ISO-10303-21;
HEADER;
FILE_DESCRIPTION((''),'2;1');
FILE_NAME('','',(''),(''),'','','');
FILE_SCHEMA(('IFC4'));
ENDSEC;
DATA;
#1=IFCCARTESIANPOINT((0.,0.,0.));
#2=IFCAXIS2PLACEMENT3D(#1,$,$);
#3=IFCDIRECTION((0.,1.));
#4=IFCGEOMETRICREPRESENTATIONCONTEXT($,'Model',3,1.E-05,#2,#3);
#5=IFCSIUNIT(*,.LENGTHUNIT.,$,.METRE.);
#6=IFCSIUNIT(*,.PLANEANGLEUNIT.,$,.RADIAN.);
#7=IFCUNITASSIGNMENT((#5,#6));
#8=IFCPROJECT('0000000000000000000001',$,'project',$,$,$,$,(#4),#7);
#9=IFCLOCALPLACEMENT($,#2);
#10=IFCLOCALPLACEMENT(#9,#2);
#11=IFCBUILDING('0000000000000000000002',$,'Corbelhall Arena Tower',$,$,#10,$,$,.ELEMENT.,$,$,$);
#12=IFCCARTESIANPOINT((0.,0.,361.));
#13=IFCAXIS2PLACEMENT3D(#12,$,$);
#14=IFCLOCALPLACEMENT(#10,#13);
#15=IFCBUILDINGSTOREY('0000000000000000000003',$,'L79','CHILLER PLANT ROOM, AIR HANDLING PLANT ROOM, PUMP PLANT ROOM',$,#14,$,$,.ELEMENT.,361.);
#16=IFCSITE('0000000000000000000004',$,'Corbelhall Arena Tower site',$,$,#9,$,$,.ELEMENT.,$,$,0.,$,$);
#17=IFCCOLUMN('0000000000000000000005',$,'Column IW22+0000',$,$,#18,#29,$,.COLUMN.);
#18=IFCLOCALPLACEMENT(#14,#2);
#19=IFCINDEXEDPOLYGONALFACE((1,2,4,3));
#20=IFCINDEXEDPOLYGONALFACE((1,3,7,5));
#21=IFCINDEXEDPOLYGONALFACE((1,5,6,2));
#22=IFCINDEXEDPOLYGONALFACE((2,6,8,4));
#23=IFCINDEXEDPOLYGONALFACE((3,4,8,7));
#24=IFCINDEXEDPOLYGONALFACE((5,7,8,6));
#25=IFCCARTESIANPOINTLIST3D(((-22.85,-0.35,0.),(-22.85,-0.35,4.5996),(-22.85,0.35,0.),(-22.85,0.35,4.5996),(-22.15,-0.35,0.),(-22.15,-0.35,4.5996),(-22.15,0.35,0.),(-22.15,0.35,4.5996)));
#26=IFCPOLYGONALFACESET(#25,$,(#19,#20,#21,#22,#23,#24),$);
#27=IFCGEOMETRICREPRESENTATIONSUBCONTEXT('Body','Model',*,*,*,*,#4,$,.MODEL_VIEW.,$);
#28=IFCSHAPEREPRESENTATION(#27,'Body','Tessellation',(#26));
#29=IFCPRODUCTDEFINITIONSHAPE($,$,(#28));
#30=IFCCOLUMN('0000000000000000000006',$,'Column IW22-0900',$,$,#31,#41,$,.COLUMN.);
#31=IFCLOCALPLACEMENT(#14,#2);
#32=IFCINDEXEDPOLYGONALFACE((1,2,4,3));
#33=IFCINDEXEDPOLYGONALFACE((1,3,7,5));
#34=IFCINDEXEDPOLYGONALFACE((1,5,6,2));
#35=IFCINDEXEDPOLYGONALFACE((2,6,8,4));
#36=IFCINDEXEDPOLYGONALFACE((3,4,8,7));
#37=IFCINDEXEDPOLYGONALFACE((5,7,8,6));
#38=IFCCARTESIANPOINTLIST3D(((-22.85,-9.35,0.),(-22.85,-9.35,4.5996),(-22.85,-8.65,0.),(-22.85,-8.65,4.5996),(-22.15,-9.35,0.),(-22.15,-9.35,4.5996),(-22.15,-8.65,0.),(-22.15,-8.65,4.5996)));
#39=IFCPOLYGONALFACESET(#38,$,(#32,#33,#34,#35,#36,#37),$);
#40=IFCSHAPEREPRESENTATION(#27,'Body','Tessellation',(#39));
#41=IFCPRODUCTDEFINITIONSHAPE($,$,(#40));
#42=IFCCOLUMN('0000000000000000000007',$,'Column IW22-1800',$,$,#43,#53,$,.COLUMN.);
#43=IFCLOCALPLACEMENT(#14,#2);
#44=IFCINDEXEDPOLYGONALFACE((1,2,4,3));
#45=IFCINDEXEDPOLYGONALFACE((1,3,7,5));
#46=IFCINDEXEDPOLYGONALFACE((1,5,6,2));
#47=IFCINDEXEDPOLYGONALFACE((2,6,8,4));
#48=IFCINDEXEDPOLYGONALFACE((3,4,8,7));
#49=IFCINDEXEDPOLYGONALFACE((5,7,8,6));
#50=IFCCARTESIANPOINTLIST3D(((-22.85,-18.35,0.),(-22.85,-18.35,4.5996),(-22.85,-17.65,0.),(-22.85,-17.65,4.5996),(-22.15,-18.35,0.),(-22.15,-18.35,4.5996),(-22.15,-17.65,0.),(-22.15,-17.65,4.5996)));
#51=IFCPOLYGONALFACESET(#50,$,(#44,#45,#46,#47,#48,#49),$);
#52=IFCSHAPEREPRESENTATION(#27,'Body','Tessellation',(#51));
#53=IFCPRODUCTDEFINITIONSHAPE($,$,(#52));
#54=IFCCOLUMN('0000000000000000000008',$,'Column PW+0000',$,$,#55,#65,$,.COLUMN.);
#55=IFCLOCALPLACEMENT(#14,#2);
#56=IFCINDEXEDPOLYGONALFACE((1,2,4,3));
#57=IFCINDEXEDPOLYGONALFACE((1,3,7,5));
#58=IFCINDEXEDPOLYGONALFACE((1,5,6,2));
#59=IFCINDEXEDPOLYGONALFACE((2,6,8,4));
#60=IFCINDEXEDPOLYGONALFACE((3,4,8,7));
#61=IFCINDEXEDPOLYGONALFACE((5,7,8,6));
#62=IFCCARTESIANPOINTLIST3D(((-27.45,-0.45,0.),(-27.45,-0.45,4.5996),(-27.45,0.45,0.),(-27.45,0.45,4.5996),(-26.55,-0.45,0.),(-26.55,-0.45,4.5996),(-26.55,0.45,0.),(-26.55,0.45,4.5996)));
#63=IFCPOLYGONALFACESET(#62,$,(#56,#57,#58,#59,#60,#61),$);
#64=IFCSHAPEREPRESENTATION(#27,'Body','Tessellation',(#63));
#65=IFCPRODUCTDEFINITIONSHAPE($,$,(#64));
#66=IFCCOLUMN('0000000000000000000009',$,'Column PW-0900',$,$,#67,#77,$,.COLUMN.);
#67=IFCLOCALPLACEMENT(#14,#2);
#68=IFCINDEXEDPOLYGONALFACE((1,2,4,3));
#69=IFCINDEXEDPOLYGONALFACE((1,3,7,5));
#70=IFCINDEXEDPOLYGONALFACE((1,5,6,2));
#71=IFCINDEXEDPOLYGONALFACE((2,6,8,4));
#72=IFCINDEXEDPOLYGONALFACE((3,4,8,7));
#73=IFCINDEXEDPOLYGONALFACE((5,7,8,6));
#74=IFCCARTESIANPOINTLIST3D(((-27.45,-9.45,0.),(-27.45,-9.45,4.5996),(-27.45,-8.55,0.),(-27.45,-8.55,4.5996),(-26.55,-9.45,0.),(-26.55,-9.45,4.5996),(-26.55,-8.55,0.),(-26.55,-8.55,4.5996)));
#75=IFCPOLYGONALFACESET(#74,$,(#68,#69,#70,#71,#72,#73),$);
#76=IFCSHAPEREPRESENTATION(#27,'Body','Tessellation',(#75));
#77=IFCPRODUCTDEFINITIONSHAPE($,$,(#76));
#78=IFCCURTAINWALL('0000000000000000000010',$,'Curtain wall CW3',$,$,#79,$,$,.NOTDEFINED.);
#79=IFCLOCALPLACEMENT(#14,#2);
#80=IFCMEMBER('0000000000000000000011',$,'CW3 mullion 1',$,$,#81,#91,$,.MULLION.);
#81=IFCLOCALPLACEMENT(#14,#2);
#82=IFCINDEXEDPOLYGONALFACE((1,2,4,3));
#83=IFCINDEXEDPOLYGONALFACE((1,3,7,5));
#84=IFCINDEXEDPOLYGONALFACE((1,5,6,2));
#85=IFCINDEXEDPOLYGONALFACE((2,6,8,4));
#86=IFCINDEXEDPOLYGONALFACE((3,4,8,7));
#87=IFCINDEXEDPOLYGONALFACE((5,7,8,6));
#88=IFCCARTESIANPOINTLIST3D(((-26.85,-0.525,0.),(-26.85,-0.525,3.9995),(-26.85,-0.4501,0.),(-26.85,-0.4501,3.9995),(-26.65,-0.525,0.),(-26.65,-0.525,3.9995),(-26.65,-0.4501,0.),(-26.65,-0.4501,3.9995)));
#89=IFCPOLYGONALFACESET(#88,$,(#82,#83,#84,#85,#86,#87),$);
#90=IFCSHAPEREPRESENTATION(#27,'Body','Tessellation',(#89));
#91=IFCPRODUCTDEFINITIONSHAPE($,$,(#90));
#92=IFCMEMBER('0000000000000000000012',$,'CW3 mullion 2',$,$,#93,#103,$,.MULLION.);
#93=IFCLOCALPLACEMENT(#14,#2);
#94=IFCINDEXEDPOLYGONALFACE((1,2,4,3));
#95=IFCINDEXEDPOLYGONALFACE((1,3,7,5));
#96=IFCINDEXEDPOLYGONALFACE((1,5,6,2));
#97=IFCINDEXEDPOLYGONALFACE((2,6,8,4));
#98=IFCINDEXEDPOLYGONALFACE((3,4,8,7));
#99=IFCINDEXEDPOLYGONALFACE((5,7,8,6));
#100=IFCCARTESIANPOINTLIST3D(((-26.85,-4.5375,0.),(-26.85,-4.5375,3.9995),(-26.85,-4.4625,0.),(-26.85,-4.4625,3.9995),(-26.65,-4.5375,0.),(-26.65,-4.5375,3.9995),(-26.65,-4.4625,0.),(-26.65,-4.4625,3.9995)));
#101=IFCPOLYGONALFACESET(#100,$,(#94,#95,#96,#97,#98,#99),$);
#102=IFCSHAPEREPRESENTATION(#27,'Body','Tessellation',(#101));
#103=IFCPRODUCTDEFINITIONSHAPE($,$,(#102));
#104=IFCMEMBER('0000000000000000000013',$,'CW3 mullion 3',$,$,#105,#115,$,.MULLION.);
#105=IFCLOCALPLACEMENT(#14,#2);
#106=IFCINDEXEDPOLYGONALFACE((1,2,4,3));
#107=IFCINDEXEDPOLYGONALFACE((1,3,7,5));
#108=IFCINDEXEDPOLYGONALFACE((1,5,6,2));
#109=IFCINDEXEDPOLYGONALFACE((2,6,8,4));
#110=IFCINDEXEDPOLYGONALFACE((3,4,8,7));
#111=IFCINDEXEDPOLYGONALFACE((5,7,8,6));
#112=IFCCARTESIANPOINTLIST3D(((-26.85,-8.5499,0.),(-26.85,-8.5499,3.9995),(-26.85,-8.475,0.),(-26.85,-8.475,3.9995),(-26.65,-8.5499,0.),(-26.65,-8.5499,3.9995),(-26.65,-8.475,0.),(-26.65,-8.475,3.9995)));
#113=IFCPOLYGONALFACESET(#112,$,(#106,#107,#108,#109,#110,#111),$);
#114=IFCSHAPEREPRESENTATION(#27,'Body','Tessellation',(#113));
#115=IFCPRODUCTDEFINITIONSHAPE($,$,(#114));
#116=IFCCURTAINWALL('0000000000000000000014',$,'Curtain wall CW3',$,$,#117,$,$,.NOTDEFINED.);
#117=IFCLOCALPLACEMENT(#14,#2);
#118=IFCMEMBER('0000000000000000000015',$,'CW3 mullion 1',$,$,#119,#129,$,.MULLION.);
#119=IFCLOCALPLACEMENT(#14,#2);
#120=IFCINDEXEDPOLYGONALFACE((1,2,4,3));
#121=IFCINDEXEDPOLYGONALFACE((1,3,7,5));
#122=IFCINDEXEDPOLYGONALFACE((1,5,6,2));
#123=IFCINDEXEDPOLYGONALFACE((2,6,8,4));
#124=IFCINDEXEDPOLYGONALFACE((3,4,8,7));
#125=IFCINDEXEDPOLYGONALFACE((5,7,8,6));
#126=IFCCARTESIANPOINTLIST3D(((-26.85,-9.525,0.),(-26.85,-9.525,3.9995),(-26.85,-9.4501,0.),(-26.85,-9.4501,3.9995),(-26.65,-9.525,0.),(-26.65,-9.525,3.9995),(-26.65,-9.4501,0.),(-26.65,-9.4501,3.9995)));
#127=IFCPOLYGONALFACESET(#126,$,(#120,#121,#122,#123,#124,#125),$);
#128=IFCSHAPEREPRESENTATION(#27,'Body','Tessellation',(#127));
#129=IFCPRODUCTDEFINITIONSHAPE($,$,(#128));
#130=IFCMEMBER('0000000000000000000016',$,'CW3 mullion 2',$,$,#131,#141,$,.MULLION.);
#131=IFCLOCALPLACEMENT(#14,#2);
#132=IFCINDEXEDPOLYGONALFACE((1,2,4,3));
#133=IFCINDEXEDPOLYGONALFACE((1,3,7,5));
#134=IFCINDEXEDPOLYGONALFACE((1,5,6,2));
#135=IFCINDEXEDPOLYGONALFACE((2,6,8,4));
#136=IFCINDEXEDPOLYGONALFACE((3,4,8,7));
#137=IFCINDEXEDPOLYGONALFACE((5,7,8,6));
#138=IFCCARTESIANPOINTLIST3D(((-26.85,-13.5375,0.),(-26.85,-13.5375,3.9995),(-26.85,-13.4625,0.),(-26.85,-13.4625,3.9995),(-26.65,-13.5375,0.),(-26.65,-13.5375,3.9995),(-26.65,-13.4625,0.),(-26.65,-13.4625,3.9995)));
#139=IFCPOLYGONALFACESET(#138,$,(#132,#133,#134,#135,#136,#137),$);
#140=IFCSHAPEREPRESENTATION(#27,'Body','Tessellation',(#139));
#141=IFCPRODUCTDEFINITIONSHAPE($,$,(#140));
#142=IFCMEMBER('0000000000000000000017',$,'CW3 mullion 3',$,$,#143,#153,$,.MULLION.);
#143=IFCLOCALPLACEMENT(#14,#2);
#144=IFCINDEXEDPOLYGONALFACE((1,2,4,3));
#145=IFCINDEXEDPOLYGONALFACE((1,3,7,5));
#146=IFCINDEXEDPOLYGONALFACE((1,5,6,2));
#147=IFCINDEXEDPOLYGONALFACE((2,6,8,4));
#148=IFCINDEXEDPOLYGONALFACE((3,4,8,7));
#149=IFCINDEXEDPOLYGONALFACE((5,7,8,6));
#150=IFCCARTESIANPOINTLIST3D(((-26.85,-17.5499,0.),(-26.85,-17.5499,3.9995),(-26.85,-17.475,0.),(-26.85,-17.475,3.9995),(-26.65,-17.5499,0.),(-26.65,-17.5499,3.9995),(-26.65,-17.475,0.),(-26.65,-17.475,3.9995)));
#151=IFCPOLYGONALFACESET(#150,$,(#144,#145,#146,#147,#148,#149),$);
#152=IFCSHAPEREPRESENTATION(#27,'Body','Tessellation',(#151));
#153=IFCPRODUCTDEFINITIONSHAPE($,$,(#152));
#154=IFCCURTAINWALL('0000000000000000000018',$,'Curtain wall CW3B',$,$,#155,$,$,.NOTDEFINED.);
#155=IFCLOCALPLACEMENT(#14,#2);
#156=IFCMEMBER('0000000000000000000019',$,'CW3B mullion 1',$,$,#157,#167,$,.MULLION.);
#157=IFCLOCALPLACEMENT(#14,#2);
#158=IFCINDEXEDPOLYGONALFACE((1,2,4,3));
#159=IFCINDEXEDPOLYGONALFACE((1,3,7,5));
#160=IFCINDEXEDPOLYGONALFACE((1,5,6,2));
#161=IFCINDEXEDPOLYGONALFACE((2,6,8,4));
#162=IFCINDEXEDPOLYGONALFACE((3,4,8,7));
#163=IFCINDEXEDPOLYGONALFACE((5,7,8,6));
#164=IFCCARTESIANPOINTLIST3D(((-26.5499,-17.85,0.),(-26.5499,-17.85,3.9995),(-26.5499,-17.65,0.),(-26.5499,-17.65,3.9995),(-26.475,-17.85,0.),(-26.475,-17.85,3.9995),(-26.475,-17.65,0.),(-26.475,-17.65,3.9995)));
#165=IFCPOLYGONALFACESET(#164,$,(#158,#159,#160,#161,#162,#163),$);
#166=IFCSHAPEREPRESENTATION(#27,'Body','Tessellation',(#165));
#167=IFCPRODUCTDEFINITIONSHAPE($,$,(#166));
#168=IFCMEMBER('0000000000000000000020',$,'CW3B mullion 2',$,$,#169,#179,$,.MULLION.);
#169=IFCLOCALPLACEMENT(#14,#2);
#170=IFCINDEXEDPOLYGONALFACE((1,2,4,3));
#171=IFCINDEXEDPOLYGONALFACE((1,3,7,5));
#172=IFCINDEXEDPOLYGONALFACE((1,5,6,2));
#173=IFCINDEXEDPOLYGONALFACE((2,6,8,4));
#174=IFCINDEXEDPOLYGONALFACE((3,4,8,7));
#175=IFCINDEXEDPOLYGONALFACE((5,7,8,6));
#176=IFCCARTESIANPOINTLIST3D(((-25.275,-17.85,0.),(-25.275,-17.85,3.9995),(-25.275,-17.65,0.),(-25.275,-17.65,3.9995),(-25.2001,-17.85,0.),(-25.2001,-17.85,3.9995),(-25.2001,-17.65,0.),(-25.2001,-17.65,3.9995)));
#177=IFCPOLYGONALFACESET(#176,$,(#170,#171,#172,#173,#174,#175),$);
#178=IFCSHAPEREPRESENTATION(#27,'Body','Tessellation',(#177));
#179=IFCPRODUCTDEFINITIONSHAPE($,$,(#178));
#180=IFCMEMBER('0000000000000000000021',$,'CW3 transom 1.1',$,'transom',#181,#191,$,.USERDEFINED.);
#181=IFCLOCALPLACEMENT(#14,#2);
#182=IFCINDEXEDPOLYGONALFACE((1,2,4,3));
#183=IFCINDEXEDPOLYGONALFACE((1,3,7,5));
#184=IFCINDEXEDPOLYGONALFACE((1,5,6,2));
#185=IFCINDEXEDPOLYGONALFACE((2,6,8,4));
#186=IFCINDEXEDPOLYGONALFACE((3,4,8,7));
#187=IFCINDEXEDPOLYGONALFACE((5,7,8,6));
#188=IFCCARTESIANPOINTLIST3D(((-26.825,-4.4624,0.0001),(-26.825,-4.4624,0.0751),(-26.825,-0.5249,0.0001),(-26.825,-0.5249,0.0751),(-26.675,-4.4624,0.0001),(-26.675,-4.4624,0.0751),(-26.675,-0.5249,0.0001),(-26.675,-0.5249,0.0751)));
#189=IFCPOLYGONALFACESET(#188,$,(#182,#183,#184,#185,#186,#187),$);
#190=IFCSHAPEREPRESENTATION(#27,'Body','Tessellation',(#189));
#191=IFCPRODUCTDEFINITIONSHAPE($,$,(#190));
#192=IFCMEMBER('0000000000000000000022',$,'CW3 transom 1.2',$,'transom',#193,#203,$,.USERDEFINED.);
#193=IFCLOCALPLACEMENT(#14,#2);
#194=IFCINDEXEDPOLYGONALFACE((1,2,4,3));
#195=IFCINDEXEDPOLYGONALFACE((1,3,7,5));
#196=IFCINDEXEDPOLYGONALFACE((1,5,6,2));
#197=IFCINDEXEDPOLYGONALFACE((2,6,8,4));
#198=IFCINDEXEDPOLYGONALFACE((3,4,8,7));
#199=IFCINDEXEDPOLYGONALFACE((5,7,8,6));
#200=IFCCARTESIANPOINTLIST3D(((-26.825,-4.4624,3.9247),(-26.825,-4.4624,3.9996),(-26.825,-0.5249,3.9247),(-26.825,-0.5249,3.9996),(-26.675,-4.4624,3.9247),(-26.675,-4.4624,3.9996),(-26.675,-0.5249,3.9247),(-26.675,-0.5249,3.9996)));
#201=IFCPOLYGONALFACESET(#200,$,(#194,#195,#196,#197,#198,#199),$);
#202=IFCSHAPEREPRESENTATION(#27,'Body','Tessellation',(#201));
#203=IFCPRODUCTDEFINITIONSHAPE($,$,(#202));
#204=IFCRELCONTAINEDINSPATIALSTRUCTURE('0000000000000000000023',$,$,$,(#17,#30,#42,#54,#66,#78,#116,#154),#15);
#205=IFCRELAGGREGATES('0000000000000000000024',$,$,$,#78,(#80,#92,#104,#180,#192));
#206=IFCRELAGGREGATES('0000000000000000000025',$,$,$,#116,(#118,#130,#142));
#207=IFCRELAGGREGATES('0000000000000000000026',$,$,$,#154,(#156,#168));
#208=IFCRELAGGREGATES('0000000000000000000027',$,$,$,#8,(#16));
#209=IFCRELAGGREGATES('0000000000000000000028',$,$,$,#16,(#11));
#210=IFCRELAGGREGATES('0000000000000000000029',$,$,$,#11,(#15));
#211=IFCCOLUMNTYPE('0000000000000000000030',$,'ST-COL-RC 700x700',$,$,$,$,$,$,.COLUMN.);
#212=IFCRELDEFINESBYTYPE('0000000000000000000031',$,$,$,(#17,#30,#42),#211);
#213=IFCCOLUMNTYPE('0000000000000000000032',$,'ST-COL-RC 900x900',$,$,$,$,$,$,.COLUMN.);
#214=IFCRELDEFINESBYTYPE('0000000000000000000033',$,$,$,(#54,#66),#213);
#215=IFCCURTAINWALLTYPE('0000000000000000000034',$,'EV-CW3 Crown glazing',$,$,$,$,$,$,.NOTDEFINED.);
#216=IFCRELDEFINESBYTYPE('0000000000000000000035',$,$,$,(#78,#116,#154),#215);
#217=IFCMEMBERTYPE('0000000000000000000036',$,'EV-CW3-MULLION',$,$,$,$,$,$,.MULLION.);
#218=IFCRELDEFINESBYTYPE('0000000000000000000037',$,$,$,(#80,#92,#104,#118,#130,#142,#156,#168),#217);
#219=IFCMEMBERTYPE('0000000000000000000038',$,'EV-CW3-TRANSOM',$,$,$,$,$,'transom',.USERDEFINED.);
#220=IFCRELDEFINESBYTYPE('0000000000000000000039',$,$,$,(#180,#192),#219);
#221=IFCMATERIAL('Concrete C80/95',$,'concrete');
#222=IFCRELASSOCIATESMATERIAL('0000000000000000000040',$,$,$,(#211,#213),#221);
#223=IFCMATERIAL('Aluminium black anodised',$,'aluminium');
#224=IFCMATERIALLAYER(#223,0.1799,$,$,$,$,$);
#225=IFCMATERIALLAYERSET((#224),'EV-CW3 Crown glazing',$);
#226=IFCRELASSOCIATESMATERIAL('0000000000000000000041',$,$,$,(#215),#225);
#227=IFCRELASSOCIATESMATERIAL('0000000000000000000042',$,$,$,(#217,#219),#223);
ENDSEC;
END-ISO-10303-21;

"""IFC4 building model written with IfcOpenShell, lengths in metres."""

from ifc_helpers import new_model, si_unit, direction, frame, origin, origin_2d, place, context, subcontext, project, spatial, rectangle, extrude, material, layer, layer_set, material_profile, profile_set, type_object, element, aggregate, save


model = new_model("IFC4")

# Units and contexts
model_context = context("Model", 3, precision=1e-05, world=origin(), true_north=direction((0.0, 1.0)))
body_context = subcontext(model_context, "Body", "Model", "MODEL_VIEW")
ifc_project = project(units=[si_unit("LENGTHUNIT", "METRE"), si_unit("PLANEANGLEUNIT", "RADIAN")], contexts=[model_context])

# Site, building, storey
site_placement = place(None, origin())
site = spatial("IfcSite", under=ifc_project, at=site_placement, Name="Corbelhall Arena Tower site", CompositionType="ELEMENT", RefElevation=0.0)
building_placement = place(site_placement, origin())
building = spatial("IfcBuilding", under=site, at=building_placement, Name="Corbelhall Arena Tower", CompositionType="ELEMENT")
storey_placement = place(building_placement, frame((0.0, 0.0, 361.0)))
storey = spatial("IfcBuildingStorey", under=building, at=storey_placement, Name="L79", Description="CHILLER PLANT ROOM, AIR HANDLING PLANT ROOM, PUMP PLANT ROOM", CompositionType="ELEMENT", Elevation=361.0)

# Columns
ifc_material_1 = material(Name="Concrete C80/95", Category="concrete")
ifc_material_profile_1 = material_profile(ifc_material_1, rectangle(XDim=0.7, YDim=0.7, at=origin_2d()))
ifc_profile_set_1 = profile_set([ifc_material_profile_1], Name="Concrete C80/95")
column_type_1 = type_object("IfcColumnType", Name="ST-COL-RC 700x700", PredefinedType="COLUMN", material=ifc_profile_set_1)
for number, where, z_axis, x_axis, name in (
    (1, (-22.5, 0.0, 0.0), (0.0, 0.0, 1.0), (1.0, 0.0, 0.0), "Column IW22+0000"),
    (2, (-22.5, -9.0, 0.0), (0.0, 0.0, 1.0), (1.0, 0.0, 0.0), "Column IW22-0900"),
    (3, (-22.5, -18.0, 0.0), (0.0, 0.0, 1.0), (1.0, 0.0, 0.0), "Column IW22-1800"),
):
    element("IfcColumn", number, at=place(storey_placement, frame(where, z_axis=z_axis, x_axis=x_axis)), inside=storey, type_object=column_type_1, Name=name, PredefinedType="COLUMN", context=body_context, shape_type="SweptSolid", body=[
        extrude(rectangle(XDim=0.7, YDim=0.7, at=origin_2d()), origin(), (0.0, 0.0, 1.0), 4.5996),
    ])
ifc_material_profile_2 = material_profile(ifc_material_1, rectangle(XDim=0.8999, YDim=0.8999, at=origin_2d()))
ifc_profile_set_2 = profile_set([ifc_material_profile_2], Name="Concrete C80/95")
column_type_2 = type_object("IfcColumnType", Name="ST-COL-RC 900x900", PredefinedType="COLUMN", material=ifc_profile_set_2)
for number, where, z_axis, x_axis, name in (
    (4, (-27.0, 0.0, 0.0), (0.0, 0.0, 1.0), (0.0, 1.0, 0.0), "Column PW+0000"),
    (5, (-27.0, -9.0, 0.0), (0.0, 0.0, 1.0), (0.0, 1.0, 0.0), "Column PW-0900"),
):
    element("IfcColumn", number, at=place(storey_placement, frame(where, z_axis=z_axis, x_axis=x_axis)), inside=storey, type_object=column_type_2, Name=name, PredefinedType="COLUMN", context=body_context, shape_type="SweptSolid", body=[
        extrude(rectangle(XDim=0.8999, YDim=0.8999, at=origin_2d()), origin(), (0.0, 0.0, 1.0), 4.5996),
    ])

# Curtain walls, members
ifc_material_2 = material(Name="Aluminium black anodised", Category="aluminium")
ifc_layer_1 = layer(ifc_material_2, 0.1799)
ifc_layer_set_1 = layer_set([ifc_layer_1], Name="EV-CW3 Crown glazing")
curtain_wall_type = type_object("IfcCurtainWallType", Name="EV-CW3 Crown glazing", PredefinedType="NOTDEFINED", material=ifc_layer_set_1)
curtain_wall_1_placement = place(storey_placement, origin())
curtain_wall_1 = element("IfcCurtainWall", 6, at=curtain_wall_1_placement, inside=storey, type_object=curtain_wall_type, Name="Curtain wall CW3", PredefinedType="NOTDEFINED")
ifc_material_profile_3 = material_profile(ifc_material_2, rectangle(XDim=0.2, YDim=0.075, at=origin_2d()))
ifc_profile_set_3 = profile_set([ifc_material_profile_3], Name="Aluminium black anodised")
member_type_1 = type_object("IfcMemberType", Name="EV-CW3-MULLION", PredefinedType="MULLION", material=ifc_profile_set_3)
member_1_placement = place(storey_placement, frame((-26.75, -0.4875, 0.0), z_axis=(0.0, 0.0, 1.0), x_axis=(1.0, 0.0, 0.0)))
member_1 = element("IfcMember", 7, at=member_1_placement, type_object=member_type_1, Name="CW3 mullion 1", PredefinedType="MULLION", context=body_context, shape_type="SweptSolid", body=[
    extrude(rectangle(XDim=0.2, YDim=0.075, at=origin_2d()), origin(), (0.0, 0.0, 1.0), 3.9995),
])
member_2_placement = place(storey_placement, frame((-26.75, -4.5, 0.0), z_axis=(0.0, 0.0, 1.0), x_axis=(1.0, 0.0, 0.0)))
member_2 = element("IfcMember", 8, at=member_2_placement, type_object=member_type_1, Name="CW3 mullion 2", PredefinedType="MULLION", context=body_context, shape_type="SweptSolid", body=[
    extrude(rectangle(XDim=0.2, YDim=0.075, at=origin_2d()), origin(), (0.0, 0.0, 1.0), 3.9995),
])
member_3_placement = place(storey_placement, frame((-26.75, -8.5125, 0.0), z_axis=(0.0, 0.0, 1.0), x_axis=(1.0, 0.0, 0.0)))
member_3 = element("IfcMember", 9, at=member_3_placement, type_object=member_type_1, Name="CW3 mullion 3", PredefinedType="MULLION", context=body_context, shape_type="SweptSolid", body=[
    extrude(rectangle(XDim=0.2, YDim=0.075, at=origin_2d()), origin(), (0.0, 0.0, 1.0), 3.9995),
])
curtain_wall_2_placement = place(storey_placement, origin())
curtain_wall_2 = element("IfcCurtainWall", 10, at=curtain_wall_2_placement, inside=storey, type_object=curtain_wall_type, Name="Curtain wall CW3", PredefinedType="NOTDEFINED")
member_4_placement = place(storey_placement, frame((-26.75, -9.4875, 0.0), z_axis=(0.0, 0.0, 1.0), x_axis=(1.0, 0.0, 0.0)))
member_4 = element("IfcMember", 11, at=member_4_placement, type_object=member_type_1, Name="CW3 mullion 1", PredefinedType="MULLION", context=body_context, shape_type="SweptSolid", body=[
    extrude(rectangle(XDim=0.2, YDim=0.075, at=origin_2d()), origin(), (0.0, 0.0, 1.0), 3.9995),
])
member_5_placement = place(storey_placement, frame((-26.75, -13.5, 0.0), z_axis=(0.0, 0.0, 1.0), x_axis=(1.0, 0.0, 0.0)))
member_5 = element("IfcMember", 12, at=member_5_placement, type_object=member_type_1, Name="CW3 mullion 2", PredefinedType="MULLION", context=body_context, shape_type="SweptSolid", body=[
    extrude(rectangle(XDim=0.2, YDim=0.075, at=origin_2d()), origin(), (0.0, 0.0, 1.0), 3.9995),
])
member_6_placement = place(storey_placement, frame((-26.75, -17.5125, 0.0), z_axis=(0.0, 0.0, 1.0), x_axis=(1.0, 0.0, 0.0)))
member_6 = element("IfcMember", 13, at=member_6_placement, type_object=member_type_1, Name="CW3 mullion 3", PredefinedType="MULLION", context=body_context, shape_type="SweptSolid", body=[
    extrude(rectangle(XDim=0.2, YDim=0.075, at=origin_2d()), origin(), (0.0, 0.0, 1.0), 3.9995),
])
curtain_wall_3_placement = place(storey_placement, origin())
curtain_wall_3 = element("IfcCurtainWall", 14, at=curtain_wall_3_placement, inside=storey, type_object=curtain_wall_type, Name="Curtain wall CW3B", PredefinedType="NOTDEFINED")
member_7_placement = place(storey_placement, frame((-26.5125, -17.75, 0.0), z_axis=(0.0, 0.0, 1.0), x_axis=(0.0, 1.0, 0.0)))
member_7 = element("IfcMember", 15, at=member_7_placement, type_object=member_type_1, Name="CW3B mullion 1", PredefinedType="MULLION", context=body_context, shape_type="SweptSolid", body=[
    extrude(rectangle(XDim=0.2, YDim=0.075, at=origin_2d()), origin(), (0.0, 0.0, 1.0), 3.9995),
])
member_8_placement = place(storey_placement, frame((-25.2375, -17.75, 0.0), z_axis=(0.0, 0.0, 1.0), x_axis=(0.0, 1.0, 0.0)))
member_8 = element("IfcMember", 16, at=member_8_placement, type_object=member_type_1, Name="CW3B mullion 2", PredefinedType="MULLION", context=body_context, shape_type="SweptSolid", body=[
    extrude(rectangle(XDim=0.2, YDim=0.075, at=origin_2d()), origin(), (0.0, 0.0, 1.0), 3.9995),
])

# Members
ifc_material_profile_4 = material_profile(ifc_material_2, rectangle(XDim=0.1499, YDim=0.075, at=origin_2d()))
ifc_profile_set_4 = profile_set([ifc_material_profile_4], Name="Aluminium black anodised")
member_type_2 = type_object("IfcMemberType", Name="EV-CW3-TRANSOM", ElementType="transom", PredefinedType="USERDEFINED", material=ifc_profile_set_4)
member_9_placement = place(storey_placement, frame((-26.75, -0.5249, 0.0376), z_axis=(0.0, -1.0, 0.0), x_axis=(1.0, 0.0, 0.0)))
member_9 = element("IfcMember", 17, at=member_9_placement, type_object=member_type_2, Name="CW3 transom 1.1", ObjectType="transom", PredefinedType="USERDEFINED", context=body_context, shape_type="SweptSolid", body=[
    extrude(rectangle(XDim=0.1499, YDim=0.075, at=origin_2d()), origin(), (0.0, 0.0, 1.0), 3.9375),
])
member_10_placement = place(storey_placement, frame((-26.75, -0.5249, 3.9622), z_axis=(0.0, -1.0, 0.0), x_axis=(1.0, 0.0, 0.0)))
member_10 = element("IfcMember", 18, at=member_10_placement, type_object=member_type_2, Name="CW3 transom 1.2", ObjectType="transom", PredefinedType="USERDEFINED", context=body_context, shape_type="SweptSolid", body=[
    extrude(rectangle(XDim=0.1499, YDim=0.075, at=origin_2d()), origin(), (0.0, 0.0, 1.0), 3.9375),
])

aggregate(curtain_wall_1, [member_1, member_2, member_3, member_9, member_10])
aggregate(curtain_wall_2, [member_4, member_5, member_6])
aggregate(curtain_wall_3, [member_7, member_8])

save(model, "model.ifc")
